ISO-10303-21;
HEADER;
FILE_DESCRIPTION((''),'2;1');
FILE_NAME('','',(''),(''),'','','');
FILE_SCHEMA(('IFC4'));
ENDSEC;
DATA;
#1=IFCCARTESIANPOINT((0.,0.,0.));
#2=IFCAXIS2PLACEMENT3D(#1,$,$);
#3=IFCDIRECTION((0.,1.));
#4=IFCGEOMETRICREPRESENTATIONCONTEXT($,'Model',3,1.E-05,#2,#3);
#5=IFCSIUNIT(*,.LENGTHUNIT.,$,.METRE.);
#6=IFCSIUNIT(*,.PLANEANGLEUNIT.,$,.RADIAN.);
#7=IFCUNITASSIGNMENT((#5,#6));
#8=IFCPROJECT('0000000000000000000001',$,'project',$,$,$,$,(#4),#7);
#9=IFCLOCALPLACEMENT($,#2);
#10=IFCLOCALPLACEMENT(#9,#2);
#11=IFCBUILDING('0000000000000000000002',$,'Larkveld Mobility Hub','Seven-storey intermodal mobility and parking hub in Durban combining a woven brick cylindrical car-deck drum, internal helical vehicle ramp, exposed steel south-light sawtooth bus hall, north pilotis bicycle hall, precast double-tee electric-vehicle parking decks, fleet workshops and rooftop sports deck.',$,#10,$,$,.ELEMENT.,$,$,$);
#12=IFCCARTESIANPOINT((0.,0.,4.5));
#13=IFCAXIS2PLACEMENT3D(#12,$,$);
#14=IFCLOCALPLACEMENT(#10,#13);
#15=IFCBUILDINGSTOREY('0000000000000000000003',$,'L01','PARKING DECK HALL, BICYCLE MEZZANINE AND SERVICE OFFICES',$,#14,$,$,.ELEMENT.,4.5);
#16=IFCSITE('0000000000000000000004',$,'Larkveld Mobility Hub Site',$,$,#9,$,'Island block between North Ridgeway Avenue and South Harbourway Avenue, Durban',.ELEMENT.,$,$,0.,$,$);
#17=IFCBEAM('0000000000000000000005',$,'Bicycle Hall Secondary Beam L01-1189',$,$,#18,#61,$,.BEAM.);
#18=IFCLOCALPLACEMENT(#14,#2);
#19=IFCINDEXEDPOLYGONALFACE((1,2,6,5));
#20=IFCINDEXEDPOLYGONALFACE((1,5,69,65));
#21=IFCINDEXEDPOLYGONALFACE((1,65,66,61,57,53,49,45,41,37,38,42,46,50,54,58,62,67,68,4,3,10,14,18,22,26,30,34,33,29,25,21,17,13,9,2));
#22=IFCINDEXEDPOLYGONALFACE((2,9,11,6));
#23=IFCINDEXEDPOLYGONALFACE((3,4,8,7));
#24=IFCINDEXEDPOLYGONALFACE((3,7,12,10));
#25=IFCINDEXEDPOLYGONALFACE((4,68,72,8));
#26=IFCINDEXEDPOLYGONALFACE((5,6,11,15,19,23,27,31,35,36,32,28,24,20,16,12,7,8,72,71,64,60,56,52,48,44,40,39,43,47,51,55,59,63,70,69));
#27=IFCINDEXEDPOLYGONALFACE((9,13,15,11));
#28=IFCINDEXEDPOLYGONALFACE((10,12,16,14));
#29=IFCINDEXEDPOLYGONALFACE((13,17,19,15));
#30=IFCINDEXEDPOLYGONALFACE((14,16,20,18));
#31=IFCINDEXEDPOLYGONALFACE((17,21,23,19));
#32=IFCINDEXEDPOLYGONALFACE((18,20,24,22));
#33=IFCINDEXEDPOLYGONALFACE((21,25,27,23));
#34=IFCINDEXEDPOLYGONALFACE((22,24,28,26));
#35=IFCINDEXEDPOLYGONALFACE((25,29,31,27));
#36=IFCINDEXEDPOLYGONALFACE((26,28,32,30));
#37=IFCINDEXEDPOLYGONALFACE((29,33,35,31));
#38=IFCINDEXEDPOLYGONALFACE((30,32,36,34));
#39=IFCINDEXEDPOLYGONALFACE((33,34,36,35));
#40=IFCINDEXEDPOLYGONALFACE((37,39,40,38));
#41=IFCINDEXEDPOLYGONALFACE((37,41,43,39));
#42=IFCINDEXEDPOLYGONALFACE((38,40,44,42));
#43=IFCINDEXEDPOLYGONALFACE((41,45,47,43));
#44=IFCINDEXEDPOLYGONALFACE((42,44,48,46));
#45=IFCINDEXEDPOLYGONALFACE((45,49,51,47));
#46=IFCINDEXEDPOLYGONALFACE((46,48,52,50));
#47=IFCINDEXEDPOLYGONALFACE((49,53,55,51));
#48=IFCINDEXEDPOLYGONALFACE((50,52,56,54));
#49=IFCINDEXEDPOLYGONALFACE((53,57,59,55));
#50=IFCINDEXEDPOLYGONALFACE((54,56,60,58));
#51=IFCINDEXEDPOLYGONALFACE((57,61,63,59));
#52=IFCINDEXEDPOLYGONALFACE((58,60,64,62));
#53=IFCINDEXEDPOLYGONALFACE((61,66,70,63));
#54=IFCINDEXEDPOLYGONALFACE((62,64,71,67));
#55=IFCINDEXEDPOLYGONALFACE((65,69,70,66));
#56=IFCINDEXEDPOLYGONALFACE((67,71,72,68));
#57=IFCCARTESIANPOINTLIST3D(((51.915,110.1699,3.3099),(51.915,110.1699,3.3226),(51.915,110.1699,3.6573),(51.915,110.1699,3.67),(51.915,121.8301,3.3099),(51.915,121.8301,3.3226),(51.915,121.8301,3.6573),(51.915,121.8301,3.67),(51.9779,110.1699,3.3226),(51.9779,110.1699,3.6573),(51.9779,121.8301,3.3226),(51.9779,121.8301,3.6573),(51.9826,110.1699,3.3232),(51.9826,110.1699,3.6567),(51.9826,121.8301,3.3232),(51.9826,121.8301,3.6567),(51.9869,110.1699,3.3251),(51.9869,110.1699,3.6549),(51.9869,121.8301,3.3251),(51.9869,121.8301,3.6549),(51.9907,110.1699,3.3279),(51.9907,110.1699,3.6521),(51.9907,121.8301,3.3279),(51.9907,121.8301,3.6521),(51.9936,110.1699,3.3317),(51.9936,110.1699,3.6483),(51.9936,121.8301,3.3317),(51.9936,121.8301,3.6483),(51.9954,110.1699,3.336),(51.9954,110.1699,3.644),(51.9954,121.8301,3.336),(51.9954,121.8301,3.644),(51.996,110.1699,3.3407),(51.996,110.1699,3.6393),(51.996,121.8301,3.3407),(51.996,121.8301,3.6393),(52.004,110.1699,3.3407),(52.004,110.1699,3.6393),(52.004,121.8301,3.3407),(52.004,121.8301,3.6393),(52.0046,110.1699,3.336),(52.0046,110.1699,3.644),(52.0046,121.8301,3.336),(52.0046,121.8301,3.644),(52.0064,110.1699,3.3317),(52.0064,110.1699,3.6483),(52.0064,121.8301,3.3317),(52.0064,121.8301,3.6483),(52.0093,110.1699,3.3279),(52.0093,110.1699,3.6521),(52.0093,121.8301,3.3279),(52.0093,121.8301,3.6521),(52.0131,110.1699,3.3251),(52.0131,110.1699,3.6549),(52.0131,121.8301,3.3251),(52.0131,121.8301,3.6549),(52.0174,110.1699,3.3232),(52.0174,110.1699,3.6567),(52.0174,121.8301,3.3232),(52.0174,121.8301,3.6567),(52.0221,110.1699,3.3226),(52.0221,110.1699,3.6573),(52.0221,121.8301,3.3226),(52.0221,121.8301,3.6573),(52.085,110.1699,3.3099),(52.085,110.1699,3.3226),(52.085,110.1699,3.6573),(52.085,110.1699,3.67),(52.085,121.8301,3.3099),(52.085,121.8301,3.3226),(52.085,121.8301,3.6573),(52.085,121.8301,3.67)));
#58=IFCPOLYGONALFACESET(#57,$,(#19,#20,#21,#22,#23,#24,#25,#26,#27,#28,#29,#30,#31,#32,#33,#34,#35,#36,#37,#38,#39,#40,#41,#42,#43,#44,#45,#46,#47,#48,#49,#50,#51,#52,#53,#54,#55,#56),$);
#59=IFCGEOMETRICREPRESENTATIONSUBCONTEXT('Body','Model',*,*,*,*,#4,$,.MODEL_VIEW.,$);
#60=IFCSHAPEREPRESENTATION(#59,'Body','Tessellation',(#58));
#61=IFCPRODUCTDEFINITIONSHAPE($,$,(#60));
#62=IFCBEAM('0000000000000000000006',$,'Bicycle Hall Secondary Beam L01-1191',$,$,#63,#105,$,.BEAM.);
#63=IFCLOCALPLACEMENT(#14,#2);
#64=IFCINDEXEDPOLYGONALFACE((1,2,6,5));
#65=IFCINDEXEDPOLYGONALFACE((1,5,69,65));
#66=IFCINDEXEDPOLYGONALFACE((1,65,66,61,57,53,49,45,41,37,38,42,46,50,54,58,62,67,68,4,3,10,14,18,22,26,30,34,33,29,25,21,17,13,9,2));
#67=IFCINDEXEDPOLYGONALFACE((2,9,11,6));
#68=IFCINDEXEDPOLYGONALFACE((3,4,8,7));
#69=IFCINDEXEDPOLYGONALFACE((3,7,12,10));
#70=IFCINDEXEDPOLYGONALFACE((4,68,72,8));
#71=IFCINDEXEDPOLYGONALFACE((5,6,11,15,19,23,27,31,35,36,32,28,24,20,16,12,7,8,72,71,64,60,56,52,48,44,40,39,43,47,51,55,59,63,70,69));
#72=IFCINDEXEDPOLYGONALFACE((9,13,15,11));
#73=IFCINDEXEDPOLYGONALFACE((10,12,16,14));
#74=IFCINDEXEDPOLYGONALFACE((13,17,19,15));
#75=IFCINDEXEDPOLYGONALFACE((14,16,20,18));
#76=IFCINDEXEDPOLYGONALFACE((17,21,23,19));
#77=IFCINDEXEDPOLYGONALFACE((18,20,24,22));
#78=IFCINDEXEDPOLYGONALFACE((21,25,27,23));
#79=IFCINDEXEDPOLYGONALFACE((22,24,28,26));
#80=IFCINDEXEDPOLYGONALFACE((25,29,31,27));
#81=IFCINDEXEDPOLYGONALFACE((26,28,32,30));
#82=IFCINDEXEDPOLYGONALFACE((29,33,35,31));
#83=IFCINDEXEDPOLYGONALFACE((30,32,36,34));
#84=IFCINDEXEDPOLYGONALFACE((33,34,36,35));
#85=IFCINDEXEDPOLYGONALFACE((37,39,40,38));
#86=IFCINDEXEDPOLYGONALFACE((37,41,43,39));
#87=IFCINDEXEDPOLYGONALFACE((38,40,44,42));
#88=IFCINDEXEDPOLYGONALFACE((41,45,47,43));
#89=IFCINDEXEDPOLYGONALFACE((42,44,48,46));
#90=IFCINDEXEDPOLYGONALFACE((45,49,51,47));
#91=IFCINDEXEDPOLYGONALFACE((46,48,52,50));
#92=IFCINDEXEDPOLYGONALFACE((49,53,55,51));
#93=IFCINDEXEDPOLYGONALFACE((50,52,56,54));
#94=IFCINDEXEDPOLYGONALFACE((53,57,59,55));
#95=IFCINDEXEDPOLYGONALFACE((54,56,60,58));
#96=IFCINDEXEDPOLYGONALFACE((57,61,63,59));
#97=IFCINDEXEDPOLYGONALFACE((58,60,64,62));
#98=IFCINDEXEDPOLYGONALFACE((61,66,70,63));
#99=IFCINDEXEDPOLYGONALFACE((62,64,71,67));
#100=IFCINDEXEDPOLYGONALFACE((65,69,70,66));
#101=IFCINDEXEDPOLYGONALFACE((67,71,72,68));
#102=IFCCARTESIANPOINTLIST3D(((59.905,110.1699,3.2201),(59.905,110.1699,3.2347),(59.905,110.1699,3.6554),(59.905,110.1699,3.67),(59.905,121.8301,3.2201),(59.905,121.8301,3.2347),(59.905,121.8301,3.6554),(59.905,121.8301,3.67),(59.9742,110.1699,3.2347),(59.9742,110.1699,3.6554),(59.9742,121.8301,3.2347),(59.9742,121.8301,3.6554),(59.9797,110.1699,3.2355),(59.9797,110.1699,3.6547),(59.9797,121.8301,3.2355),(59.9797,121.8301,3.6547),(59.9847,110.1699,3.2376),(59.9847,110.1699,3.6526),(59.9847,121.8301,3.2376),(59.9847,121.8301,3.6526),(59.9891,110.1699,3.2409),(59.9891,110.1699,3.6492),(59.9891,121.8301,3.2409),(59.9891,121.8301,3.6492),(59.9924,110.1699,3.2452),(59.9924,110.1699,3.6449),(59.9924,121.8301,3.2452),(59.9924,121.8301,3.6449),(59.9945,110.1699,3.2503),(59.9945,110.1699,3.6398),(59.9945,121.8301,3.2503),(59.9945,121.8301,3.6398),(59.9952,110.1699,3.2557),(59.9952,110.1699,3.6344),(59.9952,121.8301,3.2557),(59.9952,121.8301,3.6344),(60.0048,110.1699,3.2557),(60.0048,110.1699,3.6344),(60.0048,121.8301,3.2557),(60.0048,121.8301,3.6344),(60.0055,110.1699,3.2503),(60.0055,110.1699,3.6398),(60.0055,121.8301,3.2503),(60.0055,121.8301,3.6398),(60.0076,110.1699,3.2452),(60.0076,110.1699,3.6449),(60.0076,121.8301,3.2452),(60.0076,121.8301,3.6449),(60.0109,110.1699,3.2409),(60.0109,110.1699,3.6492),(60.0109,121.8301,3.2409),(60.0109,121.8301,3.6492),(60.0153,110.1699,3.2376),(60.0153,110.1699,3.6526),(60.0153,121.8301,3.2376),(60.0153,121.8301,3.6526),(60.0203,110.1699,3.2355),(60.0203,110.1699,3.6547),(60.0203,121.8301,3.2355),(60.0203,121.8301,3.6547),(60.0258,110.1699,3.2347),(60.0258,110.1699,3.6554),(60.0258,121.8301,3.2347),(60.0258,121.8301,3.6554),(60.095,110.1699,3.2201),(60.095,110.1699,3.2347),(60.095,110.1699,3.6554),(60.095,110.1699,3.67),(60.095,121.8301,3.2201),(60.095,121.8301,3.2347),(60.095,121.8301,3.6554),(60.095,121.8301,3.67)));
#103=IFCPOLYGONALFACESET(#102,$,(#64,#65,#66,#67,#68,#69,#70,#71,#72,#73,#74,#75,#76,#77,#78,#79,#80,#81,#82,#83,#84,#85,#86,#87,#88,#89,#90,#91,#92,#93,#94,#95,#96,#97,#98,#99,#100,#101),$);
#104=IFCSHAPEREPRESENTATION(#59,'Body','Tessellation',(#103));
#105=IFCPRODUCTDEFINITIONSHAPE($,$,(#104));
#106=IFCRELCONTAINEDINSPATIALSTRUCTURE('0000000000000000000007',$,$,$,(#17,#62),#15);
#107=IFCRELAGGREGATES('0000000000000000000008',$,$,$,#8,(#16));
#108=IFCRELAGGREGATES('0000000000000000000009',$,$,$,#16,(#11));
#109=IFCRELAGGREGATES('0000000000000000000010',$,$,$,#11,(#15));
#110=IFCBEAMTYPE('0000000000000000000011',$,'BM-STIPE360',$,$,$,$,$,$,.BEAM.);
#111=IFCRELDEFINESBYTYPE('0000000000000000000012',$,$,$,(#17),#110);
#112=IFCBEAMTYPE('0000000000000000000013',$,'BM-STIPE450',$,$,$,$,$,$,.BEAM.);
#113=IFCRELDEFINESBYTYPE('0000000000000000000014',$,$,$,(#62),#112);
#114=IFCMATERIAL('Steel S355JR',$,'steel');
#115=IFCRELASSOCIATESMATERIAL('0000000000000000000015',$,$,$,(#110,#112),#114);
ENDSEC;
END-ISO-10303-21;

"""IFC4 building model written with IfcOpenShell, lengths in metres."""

from ifc_helpers import new_model, si_unit, direction, frame, origin, origin_2d, place, context, subcontext, project, spatial, i_section, extrude, material, material_profile, profile_set, type_object, element, save


model = new_model("IFC4")

# Units and contexts
model_context = context("Model", 3, precision=1e-05, world=origin(), true_north=direction((0.0, 1.0)))
body_context = subcontext(model_context, "Body", "Model", "MODEL_VIEW")
ifc_project = project(units=[si_unit("LENGTHUNIT", "METRE"), si_unit("PLANEANGLEUNIT", "RADIAN")], contexts=[model_context])

# Site, building, storey
site_placement = place(None, origin())
site = spatial("IfcSite", under=ifc_project, at=site_placement, Name="Larkveld Mobility Hub Site", LongName="Island block between North Ridgeway Avenue and South Harbourway Avenue, Durban", CompositionType="ELEMENT", RefElevation=0.0)
building_placement = place(site_placement, origin())
building = spatial("IfcBuilding", under=site, at=building_placement, Name="Larkveld Mobility Hub", Description="Seven-storey intermodal mobility and parking hub in Durban combining a woven brick cylindrical car-deck drum, internal helical vehicle ramp, exposed steel south-light sawtooth bus hall, north pilotis bicycle hall, precast double-tee electric-vehicle parking decks, fleet workshops and rooftop sports deck.", CompositionType="ELEMENT")
storey_placement = place(building_placement, frame((0.0, 0.0, 4.5)))
storey = spatial("IfcBuildingStorey", under=building, at=storey_placement, Name="L01", Description="PARKING DECK HALL, BICYCLE MEZZANINE AND SERVICE OFFICES", CompositionType="ELEMENT", Elevation=4.5)

# Beams
ifc_material_1 = material(Name="Steel S355JR", Category="steel")
ifc_material_profile_1 = material_profile(ifc_material_1, i_section(OverallWidth=0.1699, OverallDepth=0.3601, WebThickness=0.0081, FlangeThickness=0.0127, FilletRadius=0.0181, at=origin_2d()), Name="IPE 360")
ifc_profile_set_1 = profile_set([ifc_material_profile_1], Name="Steel S355JR")
beam_type_1 = type_object("IfcBeamType", Name="BM-STIPE360", PredefinedType="BEAM", material=ifc_profile_set_1)
beam_1_placement = place(storey_placement, frame((52.0, 110.1699, 3.49), z_axis=(0.0, 1.0, 0.0), x_axis=(-1.0, 0.0, 0.0)))
element("IfcBeam", 1, at=beam_1_placement, inside=storey, type_object=beam_type_1, Name="Bicycle Hall Secondary Beam L01-1189", PredefinedType="BEAM", context=body_context, shape_type="SweptSolid", body=[
    extrude(i_section(OverallWidth=0.1699, OverallDepth=0.3601, WebThickness=0.0081, FlangeThickness=0.0127, FilletRadius=0.0181, at=origin_2d()), origin(), (0.0, 0.0, 1.0), 11.6602),
])
ifc_material_profile_2 = material_profile(ifc_material_1, i_section(OverallWidth=0.1899, OverallDepth=0.45, WebThickness=0.0095, FlangeThickness=0.0146, FilletRadius=0.021, at=origin_2d()), Name="IPE 450")
ifc_profile_set_2 = profile_set([ifc_material_profile_2], Name="Steel S355JR")
beam_type_2 = type_object("IfcBeamType", Name="BM-STIPE450", PredefinedType="BEAM", material=ifc_profile_set_2)
beam_2_placement = place(storey_placement, frame((60.0, 110.1699, 3.4451), z_axis=(0.0, 1.0, 0.0), x_axis=(-1.0, 0.0, 0.0)))
element("IfcBeam", 2, at=beam_2_placement, inside=storey, type_object=beam_type_2, Name="Bicycle Hall Secondary Beam L01-1191", PredefinedType="BEAM", context=body_context, shape_type="SweptSolid", body=[
    extrude(i_section(OverallWidth=0.1899, OverallDepth=0.45, WebThickness=0.0095, FlangeThickness=0.0146, FilletRadius=0.021, at=origin_2d()), origin(), (0.0, 0.0, 1.0), 11.6602),
])

save(model, "model.ifc")
